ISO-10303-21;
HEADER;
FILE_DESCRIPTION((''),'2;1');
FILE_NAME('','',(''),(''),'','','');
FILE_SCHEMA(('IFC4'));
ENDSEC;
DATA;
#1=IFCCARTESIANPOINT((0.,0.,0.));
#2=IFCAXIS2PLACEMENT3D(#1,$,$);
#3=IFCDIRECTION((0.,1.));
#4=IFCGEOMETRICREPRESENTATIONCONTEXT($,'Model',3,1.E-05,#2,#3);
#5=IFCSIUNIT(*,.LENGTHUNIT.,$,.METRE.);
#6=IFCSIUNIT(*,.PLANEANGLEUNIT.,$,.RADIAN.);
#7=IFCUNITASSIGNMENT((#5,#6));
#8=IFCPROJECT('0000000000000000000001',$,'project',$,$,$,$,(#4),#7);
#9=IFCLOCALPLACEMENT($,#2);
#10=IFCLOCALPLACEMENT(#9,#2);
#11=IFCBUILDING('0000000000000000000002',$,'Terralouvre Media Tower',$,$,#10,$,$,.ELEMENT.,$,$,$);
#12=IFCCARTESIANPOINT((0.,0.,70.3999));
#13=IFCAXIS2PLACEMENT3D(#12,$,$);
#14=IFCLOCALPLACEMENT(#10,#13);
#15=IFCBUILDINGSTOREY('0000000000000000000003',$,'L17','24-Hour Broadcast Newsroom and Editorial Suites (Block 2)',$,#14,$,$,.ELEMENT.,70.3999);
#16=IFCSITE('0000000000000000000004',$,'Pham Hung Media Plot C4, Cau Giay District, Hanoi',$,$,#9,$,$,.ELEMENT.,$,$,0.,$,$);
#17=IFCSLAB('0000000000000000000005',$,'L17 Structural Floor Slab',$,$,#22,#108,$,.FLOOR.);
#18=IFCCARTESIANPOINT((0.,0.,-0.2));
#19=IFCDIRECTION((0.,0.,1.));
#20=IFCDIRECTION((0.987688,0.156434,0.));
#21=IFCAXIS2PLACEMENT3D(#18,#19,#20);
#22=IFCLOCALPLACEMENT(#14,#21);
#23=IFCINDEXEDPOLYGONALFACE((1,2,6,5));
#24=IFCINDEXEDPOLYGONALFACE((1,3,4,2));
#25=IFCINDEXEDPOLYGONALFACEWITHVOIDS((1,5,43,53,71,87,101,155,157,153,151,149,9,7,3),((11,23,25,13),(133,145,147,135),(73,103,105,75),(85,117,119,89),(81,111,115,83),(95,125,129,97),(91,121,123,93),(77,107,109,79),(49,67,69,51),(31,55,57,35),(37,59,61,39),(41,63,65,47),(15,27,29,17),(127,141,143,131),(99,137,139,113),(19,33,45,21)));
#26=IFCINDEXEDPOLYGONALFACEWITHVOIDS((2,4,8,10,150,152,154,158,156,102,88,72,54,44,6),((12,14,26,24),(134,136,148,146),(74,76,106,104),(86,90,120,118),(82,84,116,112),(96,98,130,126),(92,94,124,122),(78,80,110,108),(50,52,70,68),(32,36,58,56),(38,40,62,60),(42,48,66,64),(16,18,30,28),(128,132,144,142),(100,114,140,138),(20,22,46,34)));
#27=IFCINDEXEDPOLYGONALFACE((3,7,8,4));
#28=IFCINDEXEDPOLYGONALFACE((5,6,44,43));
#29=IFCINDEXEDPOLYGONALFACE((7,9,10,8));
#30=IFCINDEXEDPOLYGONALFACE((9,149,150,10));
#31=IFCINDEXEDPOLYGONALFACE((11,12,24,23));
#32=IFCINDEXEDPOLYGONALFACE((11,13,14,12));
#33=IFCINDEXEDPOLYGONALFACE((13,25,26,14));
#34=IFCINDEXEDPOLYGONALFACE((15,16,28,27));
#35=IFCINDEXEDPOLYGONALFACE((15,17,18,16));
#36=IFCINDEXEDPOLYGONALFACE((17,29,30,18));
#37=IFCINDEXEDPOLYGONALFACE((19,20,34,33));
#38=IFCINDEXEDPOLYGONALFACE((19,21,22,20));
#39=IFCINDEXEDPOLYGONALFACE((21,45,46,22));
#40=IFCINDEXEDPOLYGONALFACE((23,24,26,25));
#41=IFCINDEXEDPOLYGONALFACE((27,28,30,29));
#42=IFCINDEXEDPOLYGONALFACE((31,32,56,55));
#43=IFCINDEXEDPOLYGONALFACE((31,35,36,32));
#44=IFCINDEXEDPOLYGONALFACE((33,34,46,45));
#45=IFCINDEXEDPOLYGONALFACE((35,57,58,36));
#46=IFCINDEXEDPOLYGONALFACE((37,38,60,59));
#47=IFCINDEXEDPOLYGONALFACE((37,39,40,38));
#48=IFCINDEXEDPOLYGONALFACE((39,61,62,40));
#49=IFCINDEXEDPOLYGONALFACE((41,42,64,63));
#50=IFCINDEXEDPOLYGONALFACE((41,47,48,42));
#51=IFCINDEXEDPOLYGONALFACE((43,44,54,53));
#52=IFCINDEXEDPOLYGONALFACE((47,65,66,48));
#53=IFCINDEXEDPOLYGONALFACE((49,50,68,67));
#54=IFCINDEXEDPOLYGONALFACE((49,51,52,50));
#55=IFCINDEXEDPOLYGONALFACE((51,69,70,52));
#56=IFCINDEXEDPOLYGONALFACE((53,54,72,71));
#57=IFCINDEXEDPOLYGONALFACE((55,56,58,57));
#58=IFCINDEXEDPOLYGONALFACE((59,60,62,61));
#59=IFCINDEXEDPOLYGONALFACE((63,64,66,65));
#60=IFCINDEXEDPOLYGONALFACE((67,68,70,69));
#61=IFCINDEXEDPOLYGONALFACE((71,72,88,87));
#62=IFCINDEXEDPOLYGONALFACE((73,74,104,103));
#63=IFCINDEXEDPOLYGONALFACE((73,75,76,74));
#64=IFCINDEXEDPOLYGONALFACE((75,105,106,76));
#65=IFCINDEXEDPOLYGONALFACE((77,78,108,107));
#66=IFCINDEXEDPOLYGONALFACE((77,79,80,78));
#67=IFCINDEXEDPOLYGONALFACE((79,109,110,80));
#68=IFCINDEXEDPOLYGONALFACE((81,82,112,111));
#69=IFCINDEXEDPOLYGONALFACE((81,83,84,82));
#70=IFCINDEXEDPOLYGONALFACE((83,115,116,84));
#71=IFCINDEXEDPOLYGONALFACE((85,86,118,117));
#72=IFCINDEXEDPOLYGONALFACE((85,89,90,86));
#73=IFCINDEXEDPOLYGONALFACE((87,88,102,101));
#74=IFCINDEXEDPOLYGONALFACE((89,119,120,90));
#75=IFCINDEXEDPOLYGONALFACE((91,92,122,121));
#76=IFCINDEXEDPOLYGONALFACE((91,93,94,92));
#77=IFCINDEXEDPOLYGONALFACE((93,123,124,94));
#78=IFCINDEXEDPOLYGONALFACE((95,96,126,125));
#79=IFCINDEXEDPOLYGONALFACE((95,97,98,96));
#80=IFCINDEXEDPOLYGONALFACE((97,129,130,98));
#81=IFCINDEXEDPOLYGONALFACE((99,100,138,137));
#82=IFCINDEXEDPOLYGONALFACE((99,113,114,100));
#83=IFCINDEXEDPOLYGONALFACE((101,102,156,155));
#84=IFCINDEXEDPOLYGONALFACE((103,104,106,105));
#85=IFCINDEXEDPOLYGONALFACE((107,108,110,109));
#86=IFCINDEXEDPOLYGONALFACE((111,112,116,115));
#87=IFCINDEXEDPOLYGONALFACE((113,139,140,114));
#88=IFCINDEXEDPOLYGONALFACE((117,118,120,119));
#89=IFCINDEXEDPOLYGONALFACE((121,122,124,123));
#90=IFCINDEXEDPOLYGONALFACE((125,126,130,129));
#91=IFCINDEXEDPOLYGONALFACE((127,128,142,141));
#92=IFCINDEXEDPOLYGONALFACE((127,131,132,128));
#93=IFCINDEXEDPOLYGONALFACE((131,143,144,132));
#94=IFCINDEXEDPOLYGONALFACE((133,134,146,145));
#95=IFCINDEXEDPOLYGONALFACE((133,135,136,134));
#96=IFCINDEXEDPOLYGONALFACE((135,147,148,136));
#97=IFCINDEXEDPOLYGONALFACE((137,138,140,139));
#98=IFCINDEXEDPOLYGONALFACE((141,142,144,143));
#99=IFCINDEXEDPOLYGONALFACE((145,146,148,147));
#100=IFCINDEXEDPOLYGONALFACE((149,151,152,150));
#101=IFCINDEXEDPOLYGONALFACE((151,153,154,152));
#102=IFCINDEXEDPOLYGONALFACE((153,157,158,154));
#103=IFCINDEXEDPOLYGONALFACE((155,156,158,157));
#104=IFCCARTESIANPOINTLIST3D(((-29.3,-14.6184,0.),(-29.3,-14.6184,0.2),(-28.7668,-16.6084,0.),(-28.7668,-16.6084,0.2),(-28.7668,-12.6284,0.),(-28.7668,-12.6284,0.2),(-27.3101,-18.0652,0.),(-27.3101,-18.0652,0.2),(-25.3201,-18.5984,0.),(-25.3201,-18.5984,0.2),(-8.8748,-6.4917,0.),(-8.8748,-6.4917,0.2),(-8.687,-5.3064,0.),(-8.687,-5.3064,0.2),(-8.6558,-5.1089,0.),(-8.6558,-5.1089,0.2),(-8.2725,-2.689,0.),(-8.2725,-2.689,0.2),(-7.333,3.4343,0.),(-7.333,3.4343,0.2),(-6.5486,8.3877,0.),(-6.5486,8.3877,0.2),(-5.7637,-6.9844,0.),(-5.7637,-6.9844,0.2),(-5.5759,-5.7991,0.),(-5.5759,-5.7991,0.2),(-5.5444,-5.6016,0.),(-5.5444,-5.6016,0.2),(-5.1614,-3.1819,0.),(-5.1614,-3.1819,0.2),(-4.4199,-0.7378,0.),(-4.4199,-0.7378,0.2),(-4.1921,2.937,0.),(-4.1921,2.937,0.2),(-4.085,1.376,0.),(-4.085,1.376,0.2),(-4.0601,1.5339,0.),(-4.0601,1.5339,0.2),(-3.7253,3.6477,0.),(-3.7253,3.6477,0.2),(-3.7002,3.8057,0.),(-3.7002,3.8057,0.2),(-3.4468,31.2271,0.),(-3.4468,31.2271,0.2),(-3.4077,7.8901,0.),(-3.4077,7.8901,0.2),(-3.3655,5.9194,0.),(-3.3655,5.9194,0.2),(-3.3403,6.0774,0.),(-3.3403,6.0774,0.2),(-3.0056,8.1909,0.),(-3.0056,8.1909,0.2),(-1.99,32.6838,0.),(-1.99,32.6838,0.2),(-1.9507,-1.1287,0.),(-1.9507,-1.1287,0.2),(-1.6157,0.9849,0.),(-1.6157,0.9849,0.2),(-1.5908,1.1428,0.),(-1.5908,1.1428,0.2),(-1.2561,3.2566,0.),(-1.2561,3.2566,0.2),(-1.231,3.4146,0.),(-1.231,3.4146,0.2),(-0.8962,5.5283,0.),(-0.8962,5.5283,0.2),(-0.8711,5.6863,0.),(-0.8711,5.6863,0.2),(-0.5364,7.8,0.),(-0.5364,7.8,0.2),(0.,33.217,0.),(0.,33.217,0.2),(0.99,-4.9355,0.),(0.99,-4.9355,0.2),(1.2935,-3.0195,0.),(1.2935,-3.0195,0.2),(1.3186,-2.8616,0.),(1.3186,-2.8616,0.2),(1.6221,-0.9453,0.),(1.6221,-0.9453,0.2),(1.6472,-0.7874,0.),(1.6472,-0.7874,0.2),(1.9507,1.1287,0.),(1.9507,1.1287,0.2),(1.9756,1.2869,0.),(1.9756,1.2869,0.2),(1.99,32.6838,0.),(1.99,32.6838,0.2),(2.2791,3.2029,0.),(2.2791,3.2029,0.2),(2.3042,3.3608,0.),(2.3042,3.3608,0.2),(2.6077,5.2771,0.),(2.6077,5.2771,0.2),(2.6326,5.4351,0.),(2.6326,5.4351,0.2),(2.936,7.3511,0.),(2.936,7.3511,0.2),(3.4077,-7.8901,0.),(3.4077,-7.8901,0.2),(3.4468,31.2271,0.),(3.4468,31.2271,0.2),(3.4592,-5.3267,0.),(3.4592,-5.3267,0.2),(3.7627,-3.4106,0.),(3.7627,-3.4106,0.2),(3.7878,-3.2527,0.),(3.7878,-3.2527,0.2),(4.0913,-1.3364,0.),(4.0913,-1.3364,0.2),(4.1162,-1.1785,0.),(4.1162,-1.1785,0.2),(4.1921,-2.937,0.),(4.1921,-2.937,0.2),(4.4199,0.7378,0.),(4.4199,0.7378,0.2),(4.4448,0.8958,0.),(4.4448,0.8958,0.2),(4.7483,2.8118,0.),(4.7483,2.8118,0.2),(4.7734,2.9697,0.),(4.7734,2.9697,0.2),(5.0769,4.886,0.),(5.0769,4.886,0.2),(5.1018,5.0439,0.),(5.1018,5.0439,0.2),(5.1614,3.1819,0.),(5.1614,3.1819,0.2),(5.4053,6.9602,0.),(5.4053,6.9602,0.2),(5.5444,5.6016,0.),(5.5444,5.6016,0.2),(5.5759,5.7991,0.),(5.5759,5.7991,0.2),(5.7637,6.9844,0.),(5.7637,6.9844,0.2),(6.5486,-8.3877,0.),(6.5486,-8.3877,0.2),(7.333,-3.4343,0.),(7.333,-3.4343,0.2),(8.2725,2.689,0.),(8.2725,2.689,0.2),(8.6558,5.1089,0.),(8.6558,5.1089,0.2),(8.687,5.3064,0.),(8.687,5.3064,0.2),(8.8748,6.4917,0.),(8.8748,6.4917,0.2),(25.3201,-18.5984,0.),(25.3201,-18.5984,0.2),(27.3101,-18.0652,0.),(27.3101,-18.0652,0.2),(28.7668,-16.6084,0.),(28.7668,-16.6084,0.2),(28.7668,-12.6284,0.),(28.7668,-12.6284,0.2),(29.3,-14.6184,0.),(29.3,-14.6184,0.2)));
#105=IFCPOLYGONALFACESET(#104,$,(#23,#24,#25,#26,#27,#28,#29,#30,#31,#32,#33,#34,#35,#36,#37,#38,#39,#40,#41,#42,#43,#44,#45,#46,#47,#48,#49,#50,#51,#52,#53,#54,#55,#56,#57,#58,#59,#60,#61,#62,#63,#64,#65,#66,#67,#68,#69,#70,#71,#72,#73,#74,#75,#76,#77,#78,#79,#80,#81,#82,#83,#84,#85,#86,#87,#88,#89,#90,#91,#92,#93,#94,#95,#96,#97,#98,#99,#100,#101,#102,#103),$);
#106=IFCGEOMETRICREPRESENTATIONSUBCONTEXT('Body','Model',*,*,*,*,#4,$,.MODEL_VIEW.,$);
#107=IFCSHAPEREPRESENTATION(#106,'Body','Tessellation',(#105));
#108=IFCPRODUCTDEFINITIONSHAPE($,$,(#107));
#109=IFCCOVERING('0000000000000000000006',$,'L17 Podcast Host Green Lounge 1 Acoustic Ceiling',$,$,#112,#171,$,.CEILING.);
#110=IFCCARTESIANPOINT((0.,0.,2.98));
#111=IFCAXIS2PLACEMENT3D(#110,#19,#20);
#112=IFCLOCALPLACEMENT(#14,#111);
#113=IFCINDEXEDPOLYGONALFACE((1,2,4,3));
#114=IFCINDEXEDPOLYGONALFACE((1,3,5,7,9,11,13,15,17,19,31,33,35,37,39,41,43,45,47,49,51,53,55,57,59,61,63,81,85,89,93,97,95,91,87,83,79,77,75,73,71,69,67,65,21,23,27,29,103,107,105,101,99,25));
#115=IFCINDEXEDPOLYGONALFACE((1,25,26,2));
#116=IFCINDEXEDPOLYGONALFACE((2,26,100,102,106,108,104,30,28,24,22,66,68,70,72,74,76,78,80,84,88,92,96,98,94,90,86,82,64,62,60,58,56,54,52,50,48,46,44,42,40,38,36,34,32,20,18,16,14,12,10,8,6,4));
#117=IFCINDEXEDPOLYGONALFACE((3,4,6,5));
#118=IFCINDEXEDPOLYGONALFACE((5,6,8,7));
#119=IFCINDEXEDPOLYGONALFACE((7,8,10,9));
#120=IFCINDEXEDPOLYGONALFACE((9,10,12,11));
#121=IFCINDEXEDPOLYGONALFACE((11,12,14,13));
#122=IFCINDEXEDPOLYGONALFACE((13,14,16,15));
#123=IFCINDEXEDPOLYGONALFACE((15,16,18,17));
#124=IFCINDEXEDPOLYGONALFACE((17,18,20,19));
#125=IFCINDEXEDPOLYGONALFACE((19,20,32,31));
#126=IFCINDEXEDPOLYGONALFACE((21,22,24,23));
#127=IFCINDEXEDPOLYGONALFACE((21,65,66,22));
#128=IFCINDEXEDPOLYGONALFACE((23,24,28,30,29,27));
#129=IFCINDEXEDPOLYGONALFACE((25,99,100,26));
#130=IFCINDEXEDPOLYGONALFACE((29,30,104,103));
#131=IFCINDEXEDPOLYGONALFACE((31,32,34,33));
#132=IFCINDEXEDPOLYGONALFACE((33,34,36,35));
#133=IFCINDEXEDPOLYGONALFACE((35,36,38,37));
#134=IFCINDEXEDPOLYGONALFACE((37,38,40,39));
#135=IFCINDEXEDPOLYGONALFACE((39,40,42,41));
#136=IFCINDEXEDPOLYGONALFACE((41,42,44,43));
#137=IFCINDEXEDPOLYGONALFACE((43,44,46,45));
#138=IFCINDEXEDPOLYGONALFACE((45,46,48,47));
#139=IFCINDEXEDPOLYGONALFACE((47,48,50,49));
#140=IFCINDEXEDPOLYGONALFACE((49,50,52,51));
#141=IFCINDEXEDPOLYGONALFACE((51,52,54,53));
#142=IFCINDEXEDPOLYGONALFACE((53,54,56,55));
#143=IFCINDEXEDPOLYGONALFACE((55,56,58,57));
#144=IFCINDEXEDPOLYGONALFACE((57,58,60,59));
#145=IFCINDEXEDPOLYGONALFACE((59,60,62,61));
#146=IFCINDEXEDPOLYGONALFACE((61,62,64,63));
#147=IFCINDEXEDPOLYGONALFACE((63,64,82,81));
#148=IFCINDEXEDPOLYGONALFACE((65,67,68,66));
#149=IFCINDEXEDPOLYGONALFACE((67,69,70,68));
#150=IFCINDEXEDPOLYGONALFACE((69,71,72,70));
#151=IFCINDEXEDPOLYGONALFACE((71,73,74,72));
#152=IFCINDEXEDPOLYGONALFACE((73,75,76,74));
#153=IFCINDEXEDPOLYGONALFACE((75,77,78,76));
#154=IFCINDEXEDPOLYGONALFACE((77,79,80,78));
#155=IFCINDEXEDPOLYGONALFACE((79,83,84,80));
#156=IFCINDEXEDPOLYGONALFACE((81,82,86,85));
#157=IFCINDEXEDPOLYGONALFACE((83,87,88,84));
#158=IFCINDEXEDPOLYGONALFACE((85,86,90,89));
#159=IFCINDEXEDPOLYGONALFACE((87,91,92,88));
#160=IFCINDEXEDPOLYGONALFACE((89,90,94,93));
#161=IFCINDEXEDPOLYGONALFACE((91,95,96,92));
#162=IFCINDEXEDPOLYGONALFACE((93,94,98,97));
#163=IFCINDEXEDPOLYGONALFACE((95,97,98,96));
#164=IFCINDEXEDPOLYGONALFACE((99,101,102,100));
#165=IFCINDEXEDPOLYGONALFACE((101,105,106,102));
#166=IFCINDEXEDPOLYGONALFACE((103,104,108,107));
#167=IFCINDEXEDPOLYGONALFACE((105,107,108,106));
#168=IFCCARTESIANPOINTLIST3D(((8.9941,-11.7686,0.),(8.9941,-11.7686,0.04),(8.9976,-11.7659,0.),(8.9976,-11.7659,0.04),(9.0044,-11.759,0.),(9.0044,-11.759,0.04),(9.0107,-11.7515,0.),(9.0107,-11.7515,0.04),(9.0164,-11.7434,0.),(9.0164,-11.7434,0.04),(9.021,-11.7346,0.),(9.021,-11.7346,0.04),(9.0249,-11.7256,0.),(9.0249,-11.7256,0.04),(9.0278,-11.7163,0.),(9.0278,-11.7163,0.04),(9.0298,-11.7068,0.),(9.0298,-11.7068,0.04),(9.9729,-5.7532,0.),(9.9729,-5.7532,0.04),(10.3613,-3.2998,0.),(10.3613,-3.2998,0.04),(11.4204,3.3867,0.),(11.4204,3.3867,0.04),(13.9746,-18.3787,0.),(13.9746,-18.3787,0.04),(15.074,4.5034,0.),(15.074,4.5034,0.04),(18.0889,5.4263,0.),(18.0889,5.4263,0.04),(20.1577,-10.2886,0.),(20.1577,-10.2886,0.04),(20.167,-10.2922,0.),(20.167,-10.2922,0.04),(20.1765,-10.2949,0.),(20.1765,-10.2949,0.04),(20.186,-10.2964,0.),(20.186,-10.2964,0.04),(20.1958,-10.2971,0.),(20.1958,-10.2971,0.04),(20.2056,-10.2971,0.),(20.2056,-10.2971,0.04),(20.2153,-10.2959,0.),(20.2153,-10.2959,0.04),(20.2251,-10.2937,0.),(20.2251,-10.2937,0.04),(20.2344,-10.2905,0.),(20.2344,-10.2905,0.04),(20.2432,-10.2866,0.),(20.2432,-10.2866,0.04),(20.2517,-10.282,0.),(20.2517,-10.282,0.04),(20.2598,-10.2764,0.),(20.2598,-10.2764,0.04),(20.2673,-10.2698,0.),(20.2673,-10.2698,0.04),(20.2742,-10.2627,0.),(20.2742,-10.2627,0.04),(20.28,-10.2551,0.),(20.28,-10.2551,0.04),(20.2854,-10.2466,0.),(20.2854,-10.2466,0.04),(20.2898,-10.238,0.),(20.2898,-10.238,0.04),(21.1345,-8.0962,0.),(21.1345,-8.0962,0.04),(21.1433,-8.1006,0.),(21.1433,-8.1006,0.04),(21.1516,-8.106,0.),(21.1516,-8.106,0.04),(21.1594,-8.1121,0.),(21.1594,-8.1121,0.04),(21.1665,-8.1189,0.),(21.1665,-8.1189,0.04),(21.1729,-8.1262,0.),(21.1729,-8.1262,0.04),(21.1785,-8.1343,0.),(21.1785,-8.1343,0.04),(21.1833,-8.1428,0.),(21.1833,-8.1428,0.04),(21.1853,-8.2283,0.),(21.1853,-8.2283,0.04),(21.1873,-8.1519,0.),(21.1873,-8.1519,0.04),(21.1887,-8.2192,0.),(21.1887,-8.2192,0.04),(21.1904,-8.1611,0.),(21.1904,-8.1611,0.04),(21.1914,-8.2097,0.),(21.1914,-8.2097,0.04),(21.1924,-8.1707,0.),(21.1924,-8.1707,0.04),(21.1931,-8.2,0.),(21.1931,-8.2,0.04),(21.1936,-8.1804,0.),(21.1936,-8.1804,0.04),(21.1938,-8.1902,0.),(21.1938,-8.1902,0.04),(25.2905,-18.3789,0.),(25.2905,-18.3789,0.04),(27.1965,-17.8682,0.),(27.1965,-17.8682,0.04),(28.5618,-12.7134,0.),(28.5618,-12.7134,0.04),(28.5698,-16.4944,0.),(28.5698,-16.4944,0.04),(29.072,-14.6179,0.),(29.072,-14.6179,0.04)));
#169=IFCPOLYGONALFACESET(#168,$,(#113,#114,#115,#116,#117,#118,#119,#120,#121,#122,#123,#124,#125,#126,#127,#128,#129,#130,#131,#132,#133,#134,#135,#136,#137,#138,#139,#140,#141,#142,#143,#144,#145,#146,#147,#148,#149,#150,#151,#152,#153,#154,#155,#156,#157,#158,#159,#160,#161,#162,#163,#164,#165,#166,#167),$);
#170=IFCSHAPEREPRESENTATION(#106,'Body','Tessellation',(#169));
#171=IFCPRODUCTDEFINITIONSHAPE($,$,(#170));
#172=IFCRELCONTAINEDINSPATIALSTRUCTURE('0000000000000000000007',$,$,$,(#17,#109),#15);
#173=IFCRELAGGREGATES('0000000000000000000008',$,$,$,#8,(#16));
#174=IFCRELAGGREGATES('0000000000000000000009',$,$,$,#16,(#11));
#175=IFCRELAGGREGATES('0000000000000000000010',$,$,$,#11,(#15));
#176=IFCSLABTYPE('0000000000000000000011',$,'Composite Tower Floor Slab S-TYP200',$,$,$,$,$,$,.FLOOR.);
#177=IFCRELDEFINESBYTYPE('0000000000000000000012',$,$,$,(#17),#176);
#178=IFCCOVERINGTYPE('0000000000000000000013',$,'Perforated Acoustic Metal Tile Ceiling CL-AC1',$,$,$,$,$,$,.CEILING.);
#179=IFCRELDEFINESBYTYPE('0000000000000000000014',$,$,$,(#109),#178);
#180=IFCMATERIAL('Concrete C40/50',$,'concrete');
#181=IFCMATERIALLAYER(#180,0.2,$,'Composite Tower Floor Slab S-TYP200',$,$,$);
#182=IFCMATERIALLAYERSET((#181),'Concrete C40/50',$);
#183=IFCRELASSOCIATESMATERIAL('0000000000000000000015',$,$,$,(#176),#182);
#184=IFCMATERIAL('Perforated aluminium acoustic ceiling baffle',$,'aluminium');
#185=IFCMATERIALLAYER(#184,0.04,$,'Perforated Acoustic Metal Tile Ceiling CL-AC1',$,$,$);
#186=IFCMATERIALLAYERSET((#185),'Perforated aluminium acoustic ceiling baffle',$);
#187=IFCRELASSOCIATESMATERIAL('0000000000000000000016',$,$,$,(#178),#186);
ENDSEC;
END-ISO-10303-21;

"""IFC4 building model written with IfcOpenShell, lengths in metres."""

from ifc_helpers import new_model, si_unit, direction, frame, origin, place, context, subcontext, project, spatial, polyline, outline, extrude, material, layer, layer_set, type_object, element, save


model = new_model("IFC4")

# Units and contexts
model_context = context("Model", 3, precision=1e-05, world=origin(), true_north=direction((0.0, 1.0)))
body_context = subcontext(model_context, "Body", "Model", "MODEL_VIEW")
ifc_project = project(units=[si_unit("LENGTHUNIT", "METRE"), si_unit("PLANEANGLEUNIT", "RADIAN")], contexts=[model_context])

# Site, building, storey
site_placement = place(None, origin())
site = spatial("IfcSite", under=ifc_project, at=site_placement, Name="Pham Hung Media Plot C4, Cau Giay District, Hanoi", CompositionType="ELEMENT", RefElevation=0.0)
building_placement = place(site_placement, origin())
building = spatial("IfcBuilding", under=site, at=building_placement, Name="Terralouvre Media Tower", CompositionType="ELEMENT")
storey_placement = place(building_placement, frame((0.0, 0.0, 70.3999)))
storey = spatial("IfcBuildingStorey", under=building, at=storey_placement, Name="L17", Description="24-Hour Broadcast Newsroom and Editorial Suites (Block 2)", CompositionType="ELEMENT", Elevation=70.3999)

# Slab
ifc_material_1 = material(Name="Concrete C40/50", Category="concrete")
ifc_layer_1 = layer(ifc_material_1, 0.2, Name="Composite Tower Floor Slab S-TYP200")
ifc_layer_set_1 = layer_set([ifc_layer_1], Name="Concrete C40/50")
slab_type_1 = type_object("IfcSlabType", Name="Composite Tower Floor Slab S-TYP200", PredefinedType="FLOOR", material=ifc_layer_set_1)
slab_1_placement = place(storey_placement, frame((0.0, 0.0, -0.2), z_axis=(0.0, 0.0, 1.0), x_axis=(0.987688, 0.156434, 0.0)))
element("IfcSlab", 1, at=slab_1_placement, inside=storey, type_object=slab_type_1, Name="L17 Structural Floor Slab", PredefinedType="FLOOR", context=body_context, shape_type="SweptSolid", body=[
    extrude(outline(polyline([(-28.7668, -12.6284), (-29.3, -14.6184), (-28.7668, -16.6084), (-27.3101, -18.0652), (-25.3201, -18.5984), (25.3201, -18.5984), (27.3101, -18.0652), (28.7668, -16.6084), (29.3, -14.6184), (28.7668, -12.6284), (3.4468, 31.2271), (1.99, 32.6838), (0.0, 33.217), (-1.99, 32.6838), (-3.4468, 31.2271), (-28.7668, -12.6284)]), holes=[polyline([(-5.7637, -6.9844), (-8.8748, -6.4917), (-8.687, -5.3064), (-5.5759, -5.7991), (-5.7637, -6.9844)]), polyline([(-5.5444, -5.6016), (-8.6558, -5.1089), (-8.2725, -2.689), (-5.1614, -3.1819), (-5.5444, -5.6016)]), polyline([(-1.9507, -1.1287), (-4.4199, -0.7378), (-4.085, 1.376), (-1.6157, 0.9849), (-1.9507, -1.1287)]), polyline([(-1.5908, 1.1428), (-4.0601, 1.5339), (-3.7253, 3.6477), (-1.2561, 3.2566), (-1.5908, 1.1428)]), polyline([(4.4448, 0.8958), (1.9756, 1.2869), (2.2791, 3.2029), (4.7483, 2.8118), (4.4448, 0.8958)]), polyline([(-1.231, 3.4146), (-3.7002, 3.8057), (-3.3655, 5.9194), (-0.8962, 5.5283), (-1.231, 3.4146)]), polyline([(-4.1921, 2.937), (-7.333, 3.4343), (-6.5486, 8.3877), (-3.4077, 7.8901), (-4.1921, 2.937)]), polyline([(-0.8711, 5.6863), (-3.3403, 6.0774), (-3.0056, 8.1909), (-0.5364, 7.8), (-0.8711, 5.6863)]), polyline([(4.1921, -2.937), (7.333, -3.4343), (6.5486, -8.3877), (3.4077, -7.8901), (4.1921, -2.937)]), polyline([(3.4592, -5.3267), (0.99, -4.9355), (1.2935, -3.0195), (3.7627, -3.4106), (3.4592, -5.3267)]), polyline([(3.7878, -3.2527), (1.3186, -2.8616), (1.6221, -0.9453), (4.0913, -1.3364), (3.7878, -3.2527)]), polyline([(4.1162, -1.1785), (1.6472, -0.7874), (1.9507, 1.1287), (4.4199, 0.7378), (4.1162, -1.1785)]), polyline([(4.7734, 2.9697), (2.3042, 3.3608), (2.6077, 5.2771), (5.0769, 4.886), (4.7734, 2.9697)]), polyline([(8.2725, 2.689), (5.1614, 3.1819), (5.5444, 5.6016), (8.6558, 5.1089), (8.2725, 2.689)]), polyline([(5.1018, 5.0439), (2.6326, 5.4351), (2.936, 7.3511), (5.4053, 6.9602), (5.1018, 5.0439)]), polyline([(8.687, 5.3064), (5.5759, 5.7991), (5.7637, 6.9844), (8.8748, 6.4917), (8.687, 5.3064)])]), origin(), (0.0, 0.0, 1.0), 0.2),
])

# Covering
ifc_material_2 = material(Name="Perforated aluminium acoustic ceiling baffle", Category="aluminium")
ifc_layer_2 = layer(ifc_material_2, 0.04, Name="Perforated Acoustic Metal Tile Ceiling CL-AC1")
ifc_layer_set_2 = layer_set([ifc_layer_2], Name="Perforated aluminium acoustic ceiling baffle")
covering_type = type_object("IfcCoveringType", Name="Perforated Acoustic Metal Tile Ceiling CL-AC1", PredefinedType="CEILING", material=ifc_layer_set_2)
covering_1_placement = place(storey_placement, frame((0.0, 0.0, 2.98), z_axis=(0.0, 0.0, 1.0), x_axis=(0.987688, 0.156434, 0.0)))
element("IfcCovering", 2, at=covering_1_placement, inside=storey, type_object=covering_type, Name="L17 Podcast Host Green Lounge 1 Acoustic Ceiling", PredefinedType="CEILING", context=body_context, shape_type="SweptSolid", body=[
    extrude(outline(polyline([(13.9746, -18.3787), (25.2905, -18.3789), (27.1965, -17.8682), (28.5698, -16.4944), (29.072, -14.6179), (28.5618, -12.7134), (18.0889, 5.4263), (15.074, 4.5034), (11.4204, 3.3867), (10.3613, -3.2998), (21.1345, -8.0962), (21.1433, -8.1006), (21.1516, -8.106), (21.1594, -8.1121), (21.1665, -8.1189), (21.1729, -8.1262), (21.1785, -8.1343), (21.1833, -8.1428), (21.1873, -8.1519), (21.1904, -8.1611), (21.1924, -8.1707), (21.1936, -8.1804), (21.1938, -8.1902), (21.1931, -8.2), (21.1914, -8.2097), (21.1887, -8.2192), (21.1853, -8.2283), (20.2898, -10.238), (20.2854, -10.2466), (20.28, -10.2551), (20.2742, -10.2627), (20.2673, -10.2698), (20.2598, -10.2764), (20.2517, -10.282), (20.2432, -10.2866), (20.2344, -10.2905), (20.2251, -10.2937), (20.2153, -10.2959), (20.2056, -10.2971), (20.1958, -10.2971), (20.186, -10.2964), (20.1765, -10.2949), (20.167, -10.2922), (20.1577, -10.2886), (9.9729, -5.7532), (9.0298, -11.7068), (9.0278, -11.7163), (9.0249, -11.7256), (9.021, -11.7346), (9.0164, -11.7434), (9.0107, -11.7515), (9.0044, -11.759), (8.9976, -11.7659), (8.9941, -11.7686), (13.9746, -18.3787)])), origin(), (0.0, 0.0, 1.0), 0.04),
])

save(model, "model.ifc")
